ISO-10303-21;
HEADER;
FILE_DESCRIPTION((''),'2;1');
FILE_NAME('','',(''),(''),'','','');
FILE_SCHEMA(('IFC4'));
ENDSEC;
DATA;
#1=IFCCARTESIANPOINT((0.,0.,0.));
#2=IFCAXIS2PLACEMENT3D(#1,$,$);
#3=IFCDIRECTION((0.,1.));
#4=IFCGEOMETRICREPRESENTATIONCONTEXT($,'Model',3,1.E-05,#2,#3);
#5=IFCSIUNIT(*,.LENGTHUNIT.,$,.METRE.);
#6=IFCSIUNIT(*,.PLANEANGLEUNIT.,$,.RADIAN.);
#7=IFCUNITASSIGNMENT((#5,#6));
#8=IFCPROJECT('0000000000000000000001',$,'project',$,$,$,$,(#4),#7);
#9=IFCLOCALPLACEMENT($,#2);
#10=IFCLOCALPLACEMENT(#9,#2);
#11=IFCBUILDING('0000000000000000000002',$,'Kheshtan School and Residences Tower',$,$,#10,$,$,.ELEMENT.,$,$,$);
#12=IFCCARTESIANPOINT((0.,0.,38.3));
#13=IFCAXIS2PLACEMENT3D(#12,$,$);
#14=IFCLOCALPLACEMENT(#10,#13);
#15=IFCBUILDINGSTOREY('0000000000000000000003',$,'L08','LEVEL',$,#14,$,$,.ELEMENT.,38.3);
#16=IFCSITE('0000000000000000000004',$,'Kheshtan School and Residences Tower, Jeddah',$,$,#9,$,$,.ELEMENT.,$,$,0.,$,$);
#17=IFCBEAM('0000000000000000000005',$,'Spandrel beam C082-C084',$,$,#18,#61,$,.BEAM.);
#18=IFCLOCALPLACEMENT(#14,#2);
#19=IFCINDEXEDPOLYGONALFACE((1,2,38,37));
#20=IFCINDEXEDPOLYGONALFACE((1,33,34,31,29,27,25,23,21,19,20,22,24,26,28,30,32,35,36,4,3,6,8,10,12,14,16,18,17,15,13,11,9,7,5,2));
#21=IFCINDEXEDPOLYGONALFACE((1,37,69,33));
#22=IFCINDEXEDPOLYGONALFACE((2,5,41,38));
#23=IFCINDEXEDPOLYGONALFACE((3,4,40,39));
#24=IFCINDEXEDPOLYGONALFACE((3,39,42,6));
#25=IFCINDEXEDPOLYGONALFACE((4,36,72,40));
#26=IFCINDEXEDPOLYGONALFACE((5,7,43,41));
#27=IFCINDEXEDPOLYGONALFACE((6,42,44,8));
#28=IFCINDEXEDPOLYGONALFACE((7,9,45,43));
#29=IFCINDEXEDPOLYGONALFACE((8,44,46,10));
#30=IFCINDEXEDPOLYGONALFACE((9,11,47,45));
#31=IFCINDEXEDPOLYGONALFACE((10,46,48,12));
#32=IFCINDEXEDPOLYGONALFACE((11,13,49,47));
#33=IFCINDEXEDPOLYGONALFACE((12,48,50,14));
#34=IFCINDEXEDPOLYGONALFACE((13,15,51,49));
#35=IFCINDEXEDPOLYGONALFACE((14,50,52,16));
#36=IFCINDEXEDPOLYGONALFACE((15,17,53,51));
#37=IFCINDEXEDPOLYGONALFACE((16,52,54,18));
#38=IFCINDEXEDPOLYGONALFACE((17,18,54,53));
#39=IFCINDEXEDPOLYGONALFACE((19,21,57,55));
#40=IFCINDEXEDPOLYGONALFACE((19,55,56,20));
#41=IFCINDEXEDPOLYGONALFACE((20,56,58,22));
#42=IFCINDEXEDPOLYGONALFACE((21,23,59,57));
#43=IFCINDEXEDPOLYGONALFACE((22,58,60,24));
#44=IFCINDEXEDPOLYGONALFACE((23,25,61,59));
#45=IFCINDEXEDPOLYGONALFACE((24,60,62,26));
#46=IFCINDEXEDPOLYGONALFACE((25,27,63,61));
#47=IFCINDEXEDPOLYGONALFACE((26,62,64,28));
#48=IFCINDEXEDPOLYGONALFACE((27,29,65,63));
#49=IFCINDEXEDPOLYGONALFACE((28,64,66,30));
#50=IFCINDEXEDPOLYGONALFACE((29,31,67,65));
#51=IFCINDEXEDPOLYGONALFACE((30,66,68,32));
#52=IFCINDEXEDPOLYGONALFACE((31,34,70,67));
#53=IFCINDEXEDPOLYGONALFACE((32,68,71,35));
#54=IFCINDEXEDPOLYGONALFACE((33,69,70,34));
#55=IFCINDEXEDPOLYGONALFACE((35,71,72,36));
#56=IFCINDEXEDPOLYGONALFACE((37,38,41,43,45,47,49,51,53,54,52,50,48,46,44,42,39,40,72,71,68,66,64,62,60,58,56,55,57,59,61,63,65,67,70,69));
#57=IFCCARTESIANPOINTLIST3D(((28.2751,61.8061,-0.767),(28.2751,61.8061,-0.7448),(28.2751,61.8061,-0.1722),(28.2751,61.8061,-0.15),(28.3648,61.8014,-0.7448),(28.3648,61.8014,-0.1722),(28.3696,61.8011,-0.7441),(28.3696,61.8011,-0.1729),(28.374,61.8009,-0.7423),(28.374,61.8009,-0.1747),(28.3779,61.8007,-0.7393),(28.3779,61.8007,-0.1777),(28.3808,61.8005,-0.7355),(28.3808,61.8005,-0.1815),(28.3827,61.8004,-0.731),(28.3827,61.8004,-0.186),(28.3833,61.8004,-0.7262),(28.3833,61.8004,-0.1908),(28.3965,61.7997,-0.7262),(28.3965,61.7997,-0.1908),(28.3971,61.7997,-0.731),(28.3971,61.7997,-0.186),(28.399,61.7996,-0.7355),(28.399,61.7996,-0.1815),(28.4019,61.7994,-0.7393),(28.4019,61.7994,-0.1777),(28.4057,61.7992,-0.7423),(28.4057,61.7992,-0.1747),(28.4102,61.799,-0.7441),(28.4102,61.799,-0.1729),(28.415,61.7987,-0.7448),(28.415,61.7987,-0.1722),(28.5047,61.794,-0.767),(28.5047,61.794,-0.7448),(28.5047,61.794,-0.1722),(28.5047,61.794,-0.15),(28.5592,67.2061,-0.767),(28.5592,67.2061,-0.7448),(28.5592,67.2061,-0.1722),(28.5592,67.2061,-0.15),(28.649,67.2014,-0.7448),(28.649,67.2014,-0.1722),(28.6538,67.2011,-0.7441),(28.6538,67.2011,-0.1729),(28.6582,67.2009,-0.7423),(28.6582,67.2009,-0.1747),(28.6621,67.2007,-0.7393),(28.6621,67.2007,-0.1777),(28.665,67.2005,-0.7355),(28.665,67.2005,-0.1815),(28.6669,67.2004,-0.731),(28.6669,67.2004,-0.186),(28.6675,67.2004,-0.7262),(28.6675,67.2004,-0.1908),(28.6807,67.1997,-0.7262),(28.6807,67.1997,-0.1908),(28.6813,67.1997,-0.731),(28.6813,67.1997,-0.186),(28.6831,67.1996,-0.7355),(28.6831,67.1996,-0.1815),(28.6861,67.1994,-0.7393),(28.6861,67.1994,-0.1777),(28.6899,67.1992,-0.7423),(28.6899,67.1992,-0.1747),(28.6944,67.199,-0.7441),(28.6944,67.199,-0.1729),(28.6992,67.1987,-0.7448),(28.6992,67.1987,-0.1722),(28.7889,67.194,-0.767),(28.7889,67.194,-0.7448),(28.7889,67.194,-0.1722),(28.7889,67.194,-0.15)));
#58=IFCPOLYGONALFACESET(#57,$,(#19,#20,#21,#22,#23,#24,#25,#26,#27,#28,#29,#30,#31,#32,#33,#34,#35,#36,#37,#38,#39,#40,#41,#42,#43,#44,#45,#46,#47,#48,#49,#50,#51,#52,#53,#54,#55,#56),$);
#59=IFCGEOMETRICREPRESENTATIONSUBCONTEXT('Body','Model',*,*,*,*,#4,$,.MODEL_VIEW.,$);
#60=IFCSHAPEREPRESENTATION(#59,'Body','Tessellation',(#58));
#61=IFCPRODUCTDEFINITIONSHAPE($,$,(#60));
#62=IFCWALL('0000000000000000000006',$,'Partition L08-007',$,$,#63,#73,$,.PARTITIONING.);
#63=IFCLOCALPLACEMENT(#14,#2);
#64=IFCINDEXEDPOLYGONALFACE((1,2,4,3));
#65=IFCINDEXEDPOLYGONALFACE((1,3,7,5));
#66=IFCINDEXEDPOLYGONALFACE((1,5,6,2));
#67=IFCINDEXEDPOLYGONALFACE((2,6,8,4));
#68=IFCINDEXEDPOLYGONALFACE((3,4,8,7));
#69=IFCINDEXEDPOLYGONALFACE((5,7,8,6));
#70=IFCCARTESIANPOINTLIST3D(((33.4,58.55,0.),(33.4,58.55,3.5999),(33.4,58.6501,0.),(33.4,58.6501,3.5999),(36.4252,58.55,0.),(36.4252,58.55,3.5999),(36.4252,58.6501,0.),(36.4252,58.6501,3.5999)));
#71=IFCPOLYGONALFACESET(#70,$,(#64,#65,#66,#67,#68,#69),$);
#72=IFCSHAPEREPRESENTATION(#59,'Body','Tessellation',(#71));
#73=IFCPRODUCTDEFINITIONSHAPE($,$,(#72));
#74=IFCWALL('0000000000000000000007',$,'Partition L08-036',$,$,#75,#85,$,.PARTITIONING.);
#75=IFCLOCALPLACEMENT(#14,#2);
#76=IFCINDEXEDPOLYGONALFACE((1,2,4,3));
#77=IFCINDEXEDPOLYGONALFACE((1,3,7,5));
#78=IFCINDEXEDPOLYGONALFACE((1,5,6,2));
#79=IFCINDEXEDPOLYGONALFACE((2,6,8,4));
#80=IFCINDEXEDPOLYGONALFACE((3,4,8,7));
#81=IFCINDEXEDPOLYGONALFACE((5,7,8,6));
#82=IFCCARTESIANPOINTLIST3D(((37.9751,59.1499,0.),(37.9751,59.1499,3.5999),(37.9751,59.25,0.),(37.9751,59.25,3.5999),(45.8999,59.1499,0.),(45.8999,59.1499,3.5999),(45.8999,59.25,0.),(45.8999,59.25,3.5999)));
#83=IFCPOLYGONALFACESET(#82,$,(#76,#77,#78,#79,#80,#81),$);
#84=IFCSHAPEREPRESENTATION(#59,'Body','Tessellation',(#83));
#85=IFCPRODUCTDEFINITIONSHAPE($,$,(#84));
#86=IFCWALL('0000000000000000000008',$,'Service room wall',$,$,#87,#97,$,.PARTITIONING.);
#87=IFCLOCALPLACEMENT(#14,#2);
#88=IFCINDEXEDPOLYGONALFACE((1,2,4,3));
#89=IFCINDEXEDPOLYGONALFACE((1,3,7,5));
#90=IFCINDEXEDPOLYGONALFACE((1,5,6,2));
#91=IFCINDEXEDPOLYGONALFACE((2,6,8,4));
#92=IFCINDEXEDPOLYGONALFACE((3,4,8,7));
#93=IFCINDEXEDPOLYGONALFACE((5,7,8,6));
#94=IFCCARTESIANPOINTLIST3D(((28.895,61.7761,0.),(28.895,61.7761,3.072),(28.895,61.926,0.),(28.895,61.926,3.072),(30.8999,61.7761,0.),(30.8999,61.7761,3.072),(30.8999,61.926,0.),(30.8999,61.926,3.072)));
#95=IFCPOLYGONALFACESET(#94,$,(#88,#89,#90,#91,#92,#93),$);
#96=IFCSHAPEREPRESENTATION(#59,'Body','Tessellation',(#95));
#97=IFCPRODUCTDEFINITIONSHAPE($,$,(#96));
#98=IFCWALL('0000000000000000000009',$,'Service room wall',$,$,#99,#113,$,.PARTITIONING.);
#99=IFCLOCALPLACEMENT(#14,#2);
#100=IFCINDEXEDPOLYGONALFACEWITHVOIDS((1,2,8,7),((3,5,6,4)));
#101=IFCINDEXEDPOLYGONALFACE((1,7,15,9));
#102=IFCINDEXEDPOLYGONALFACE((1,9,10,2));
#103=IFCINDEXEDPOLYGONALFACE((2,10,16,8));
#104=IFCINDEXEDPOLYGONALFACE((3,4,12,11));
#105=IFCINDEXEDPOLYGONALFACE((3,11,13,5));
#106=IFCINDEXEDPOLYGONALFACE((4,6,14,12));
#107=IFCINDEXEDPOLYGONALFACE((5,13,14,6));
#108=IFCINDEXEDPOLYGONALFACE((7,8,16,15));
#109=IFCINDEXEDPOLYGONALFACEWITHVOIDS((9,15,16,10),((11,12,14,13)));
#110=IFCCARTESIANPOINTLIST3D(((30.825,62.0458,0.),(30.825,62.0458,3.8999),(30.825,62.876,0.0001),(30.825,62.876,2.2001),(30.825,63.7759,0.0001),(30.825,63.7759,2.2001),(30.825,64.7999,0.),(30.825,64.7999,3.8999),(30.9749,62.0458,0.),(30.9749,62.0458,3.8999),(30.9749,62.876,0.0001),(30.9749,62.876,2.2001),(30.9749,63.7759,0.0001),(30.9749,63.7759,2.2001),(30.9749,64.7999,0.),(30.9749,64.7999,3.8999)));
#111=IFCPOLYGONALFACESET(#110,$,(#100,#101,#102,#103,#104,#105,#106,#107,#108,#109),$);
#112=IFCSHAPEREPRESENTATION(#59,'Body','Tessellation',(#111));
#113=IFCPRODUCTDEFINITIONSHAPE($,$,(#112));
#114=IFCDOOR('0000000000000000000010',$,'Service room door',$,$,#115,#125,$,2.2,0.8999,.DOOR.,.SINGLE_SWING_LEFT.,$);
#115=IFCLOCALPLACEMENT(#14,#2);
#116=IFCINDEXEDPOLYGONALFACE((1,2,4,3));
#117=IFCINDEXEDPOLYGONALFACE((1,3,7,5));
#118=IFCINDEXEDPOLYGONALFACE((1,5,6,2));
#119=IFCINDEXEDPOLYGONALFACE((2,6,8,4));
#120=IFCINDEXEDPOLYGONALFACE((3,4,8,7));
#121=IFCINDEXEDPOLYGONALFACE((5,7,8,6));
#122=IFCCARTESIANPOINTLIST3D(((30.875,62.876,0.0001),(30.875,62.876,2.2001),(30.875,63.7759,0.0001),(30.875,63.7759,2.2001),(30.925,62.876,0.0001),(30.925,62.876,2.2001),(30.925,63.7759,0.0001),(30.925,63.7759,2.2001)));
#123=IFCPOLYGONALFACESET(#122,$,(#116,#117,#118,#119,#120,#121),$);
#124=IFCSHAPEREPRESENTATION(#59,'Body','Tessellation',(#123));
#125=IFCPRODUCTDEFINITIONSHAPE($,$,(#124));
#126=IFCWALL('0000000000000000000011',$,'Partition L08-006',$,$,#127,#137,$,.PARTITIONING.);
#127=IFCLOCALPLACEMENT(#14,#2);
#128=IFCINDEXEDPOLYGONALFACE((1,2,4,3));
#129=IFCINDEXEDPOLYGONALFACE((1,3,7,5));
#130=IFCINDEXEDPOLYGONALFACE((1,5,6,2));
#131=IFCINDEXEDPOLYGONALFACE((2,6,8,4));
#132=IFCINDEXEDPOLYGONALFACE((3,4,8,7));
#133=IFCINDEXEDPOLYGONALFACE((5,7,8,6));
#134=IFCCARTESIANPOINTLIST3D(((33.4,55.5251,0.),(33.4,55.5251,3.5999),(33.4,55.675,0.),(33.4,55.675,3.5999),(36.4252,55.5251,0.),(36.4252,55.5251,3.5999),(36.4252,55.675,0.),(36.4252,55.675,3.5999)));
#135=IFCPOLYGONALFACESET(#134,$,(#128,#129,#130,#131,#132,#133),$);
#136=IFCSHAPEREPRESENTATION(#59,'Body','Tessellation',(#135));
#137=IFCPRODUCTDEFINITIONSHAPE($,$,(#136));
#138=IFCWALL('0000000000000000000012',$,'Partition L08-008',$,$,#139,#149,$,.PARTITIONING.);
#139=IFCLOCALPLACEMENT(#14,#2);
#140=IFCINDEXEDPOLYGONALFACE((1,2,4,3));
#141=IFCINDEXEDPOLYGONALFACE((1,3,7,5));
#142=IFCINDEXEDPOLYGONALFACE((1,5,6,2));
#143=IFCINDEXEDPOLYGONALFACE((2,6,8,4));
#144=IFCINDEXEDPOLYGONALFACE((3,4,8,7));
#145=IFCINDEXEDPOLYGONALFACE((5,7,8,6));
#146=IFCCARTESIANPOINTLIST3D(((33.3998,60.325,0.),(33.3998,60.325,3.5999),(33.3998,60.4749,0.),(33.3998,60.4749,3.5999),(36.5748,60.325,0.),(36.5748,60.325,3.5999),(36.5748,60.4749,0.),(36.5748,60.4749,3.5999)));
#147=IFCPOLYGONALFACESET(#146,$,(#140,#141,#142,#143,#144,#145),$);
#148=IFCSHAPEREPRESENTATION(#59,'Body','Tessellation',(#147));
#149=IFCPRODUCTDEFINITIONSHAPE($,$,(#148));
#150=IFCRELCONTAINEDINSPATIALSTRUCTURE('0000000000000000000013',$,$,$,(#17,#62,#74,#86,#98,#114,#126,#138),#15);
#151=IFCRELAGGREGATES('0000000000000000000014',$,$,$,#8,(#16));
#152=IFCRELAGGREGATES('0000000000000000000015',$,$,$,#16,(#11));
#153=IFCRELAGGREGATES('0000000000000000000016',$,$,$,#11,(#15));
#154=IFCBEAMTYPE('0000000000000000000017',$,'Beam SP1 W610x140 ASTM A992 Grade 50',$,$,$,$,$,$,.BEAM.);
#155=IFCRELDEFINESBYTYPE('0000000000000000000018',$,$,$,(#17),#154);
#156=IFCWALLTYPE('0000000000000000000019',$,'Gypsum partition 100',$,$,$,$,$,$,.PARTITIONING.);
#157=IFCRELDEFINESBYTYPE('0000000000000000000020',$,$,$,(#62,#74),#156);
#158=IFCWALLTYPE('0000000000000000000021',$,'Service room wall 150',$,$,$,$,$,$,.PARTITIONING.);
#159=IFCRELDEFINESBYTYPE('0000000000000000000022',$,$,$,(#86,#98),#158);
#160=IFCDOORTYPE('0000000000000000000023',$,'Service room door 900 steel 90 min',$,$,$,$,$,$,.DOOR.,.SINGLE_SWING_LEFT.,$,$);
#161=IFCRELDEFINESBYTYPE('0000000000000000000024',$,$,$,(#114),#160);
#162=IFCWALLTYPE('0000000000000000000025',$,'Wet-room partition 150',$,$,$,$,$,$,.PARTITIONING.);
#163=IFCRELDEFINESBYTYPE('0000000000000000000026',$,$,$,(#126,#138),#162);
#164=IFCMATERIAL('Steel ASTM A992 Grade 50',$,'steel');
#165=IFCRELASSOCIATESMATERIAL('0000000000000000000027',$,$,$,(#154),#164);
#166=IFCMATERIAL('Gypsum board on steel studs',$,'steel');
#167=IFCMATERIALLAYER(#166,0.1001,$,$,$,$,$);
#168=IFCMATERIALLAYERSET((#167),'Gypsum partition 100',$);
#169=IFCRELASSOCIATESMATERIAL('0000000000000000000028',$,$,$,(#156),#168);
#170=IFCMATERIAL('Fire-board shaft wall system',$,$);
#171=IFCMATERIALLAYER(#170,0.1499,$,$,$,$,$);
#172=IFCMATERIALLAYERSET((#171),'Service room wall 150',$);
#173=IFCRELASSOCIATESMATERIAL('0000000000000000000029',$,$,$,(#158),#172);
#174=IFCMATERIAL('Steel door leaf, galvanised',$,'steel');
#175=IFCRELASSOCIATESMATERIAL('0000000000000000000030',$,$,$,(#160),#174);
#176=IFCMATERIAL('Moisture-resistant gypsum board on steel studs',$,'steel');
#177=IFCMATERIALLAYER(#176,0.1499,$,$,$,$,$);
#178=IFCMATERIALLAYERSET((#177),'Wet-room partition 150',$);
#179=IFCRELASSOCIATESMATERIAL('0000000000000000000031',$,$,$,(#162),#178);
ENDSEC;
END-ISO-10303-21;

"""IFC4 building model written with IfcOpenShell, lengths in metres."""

from ifc_helpers import new_model, si_unit, direction, frame, frame_2d, origin, origin_2d, place, context, subcontext, project, spatial, rectangle, i_section, extrude, source, transform, mapped, material, layer, layer_set, material_profile, profile_set, type_object, element, fill, save


model = new_model("IFC4")

# Units and contexts
model_context = context("Model", 3, precision=1e-05, world=origin(), true_north=direction((0.0, 1.0)))
body_context = subcontext(model_context, "Body", "Model", "MODEL_VIEW")
ifc_project = project(units=[si_unit("LENGTHUNIT", "METRE"), si_unit("PLANEANGLEUNIT", "RADIAN")], contexts=[model_context])

# Site, building, storey
site_placement = place(None, origin())
site = spatial("IfcSite", under=ifc_project, at=site_placement, Name="Kheshtan School and Residences Tower, Jeddah", CompositionType="ELEMENT", RefElevation=0.0)
building_placement = place(site_placement, origin())
building = spatial("IfcBuilding", under=site, at=building_placement, Name="Kheshtan School and Residences Tower", CompositionType="ELEMENT")
storey_placement = place(building_placement, frame((0.0, 0.0, 38.3)))
storey = spatial("IfcBuildingStorey", under=building, at=storey_placement, Name="L08", Description="LEVEL", CompositionType="ELEMENT", Elevation=38.3)

# Shared definitions
ifc_material_1 = material(Name="Steel ASTM A992 Grade 50", Category="steel")

# Beam
ifc_material_profile_1 = material_profile(ifc_material_1, i_section(OverallWidth=0.23, OverallDepth=0.6169, WebThickness=0.0132, FlangeThickness=0.0222, FilletRadius=0.0186, at=origin_2d()), Name="W610x140")
ifc_profile_set_1 = profile_set([ifc_material_profile_1], Name="Steel ASTM A992 Grade 50")
beam_type_1 = type_object("IfcBeamType", Name="Beam SP1 W610x140 ASTM A992 Grade 50", PredefinedType="BEAM", material=ifc_profile_set_1)
beam_1_placement = place(storey_placement, frame((28.3899, 61.8, -0.4585), z_axis=(0.052554, 0.998618, 0.0), x_axis=(-0.998618, 0.052554, 0.0)))
element("IfcBeam", 1, at=beam_1_placement, inside=storey, type_object=beam_type_1, Name="Spandrel beam C082-C084", PredefinedType="BEAM", context=body_context, shape_type="SweptSolid", body=[
    extrude(i_section(OverallWidth=0.23, OverallDepth=0.6169, WebThickness=0.0132, FlangeThickness=0.0222, FilletRadius=0.0186, at=origin_2d()), origin(), (0.0, 0.0, 1.0), 5.4075),
])

# Walls
ifc_material_2 = material(Name="Gypsum board on steel studs", Category="steel")
ifc_layer_1 = layer(ifc_material_2, 0.1001)
ifc_layer_set_1 = layer_set([ifc_layer_1], Name="Gypsum partition 100")
wall_type_1 = type_object("IfcWallType", Name="Gypsum partition 100", PredefinedType="PARTITIONING", material=ifc_layer_set_1)
wall_1_placement = place(storey_placement, frame((33.3999, 58.6001, 0.0), z_axis=(0.0, 0.0, 1.0), x_axis=(1.0, 0.0, 0.0)))
element("IfcWall", 2, at=wall_1_placement, inside=storey, type_object=wall_type_1, Name="Partition L08-007", PredefinedType="PARTITIONING", context=body_context, shape_type="SweptSolid", body=[
    extrude(rectangle(XDim=3.0251, YDim=0.1001, at=frame_2d((1.5127, 0.0))), origin(), (0.0, 0.0, 1.0), 3.5999),
])
wall_2_placement = place(storey_placement, frame((37.9751, 59.2, 0.0), z_axis=(0.0, 0.0, 1.0), x_axis=(1.0, 0.0, 0.0)))
element("IfcWall", 3, at=wall_2_placement, inside=storey, type_object=wall_type_1, Name="Partition L08-036", PredefinedType="PARTITIONING", context=body_context, shape_type="SweptSolid", body=[
    extrude(rectangle(XDim=7.9248, YDim=0.1001, at=frame_2d((3.9624, 0.0))), origin(), (0.0, 0.0, 1.0), 3.5999),
])
ifc_material_3 = material(Name="Fire-board shaft wall system")
ifc_layer_2 = layer(ifc_material_3, 0.1499)
ifc_layer_set_2 = layer_set([ifc_layer_2], Name="Service room wall 150")
wall_type_2 = type_object("IfcWallType", Name="Service room wall 150", PredefinedType="PARTITIONING", material=ifc_layer_set_2)
wall_3_placement = place(storey_placement, frame((28.895, 61.8511, 0.0), z_axis=(0.0, 0.0, 1.0), x_axis=(1.0, 0.0, 0.0)))
element("IfcWall", 4, at=wall_3_placement, inside=storey, type_object=wall_type_2, Name="Service room wall", PredefinedType="PARTITIONING", context=body_context, shape_type="SweptSolid", body=[
    extrude(rectangle(XDim=2.0049, YDim=0.1499, at=frame_2d((1.0024, 0.0))), origin(), (0.0, 0.0, 1.0), 3.072),
])

# Wall, opening, door
wall_4_placement = place(storey_placement, frame((30.8999, 62.0459, 0.0), z_axis=(0.0, 0.0, 1.0), x_axis=(0.0, 1.0, 0.0)))
wall_4 = element("IfcWall", 5, at=wall_4_placement, inside=storey, type_object=wall_type_2, Name="Service room wall", PredefinedType="PARTITIONING", context=body_context, shape_type="SweptSolid", body=[
    extrude(rectangle(XDim=2.7542, YDim=0.1499, at=frame_2d((1.377, 0.0))), origin(), (0.0, 0.0, 1.0), 3.8999),
])
opening_1_placement = place(wall_4_placement, frame((0.8301, 0.0, 0.0)))
opening_1 = element("IfcOpeningElement", 6, at=opening_1_placement, cuts=wall_4, PredefinedType="OPENING", context=body_context, shape_type="SweptSolid", body=[
    extrude(rectangle(XDim=0.8999, YDim=2.2, at=frame_2d((0.45, 1.1001))), frame((0.0, 0.085, 0.0), z_axis=(0.0, -1.0, 0.0), x_axis=(1.0, 0.0, 0.0)), (0.0, 0.0, 1.0), 0.1699),
])
ifc_material_4 = material(Name="Steel door leaf, galvanised", Category="steel")
door_type_1 = type_object("IfcDoorType", Name="Service room door 900 steel 90 min", OperationType="SINGLE_SWING_LEFT", PredefinedType="DOOR", material=ifc_material_4)
shared_shape_1 = source(origin(), body_context, "Body", "SweptSolid", [
    extrude(rectangle(XDim=0.8999, YDim=2.2, at=frame_2d((0.45, 1.1001))), frame((0.0, 0.0249, 0.0), z_axis=(0.0, -1.0, 0.0), x_axis=(1.0, 0.0, 0.0)), (0.0, 0.0, 1.0), 0.05),
])
door_1_placement = place(opening_1_placement, origin())
door_1 = element("IfcDoor", 7, at=door_1_placement, inside=storey, type_object=door_type_1, Name="Service room door", OperationType="SINGLE_SWING_LEFT", OverallHeight=2.2, OverallWidth=0.8999, PredefinedType="DOOR", context=body_context, shape_type="MappedRepresentation", body=[
    mapped(shared_shape_1, transform((0.0, 0.0, 0.0), x_axis=(1.0, 0.0, 0.0), y_axis=(0.0, 1.0, 0.0), z_axis=(0.0, 0.0, 1.0), scale=1.0)),
])
fill(opening_1, door_1)

# Walls
ifc_material_5 = material(Name="Moisture-resistant gypsum board on steel studs", Category="steel")
ifc_layer_3 = layer(ifc_material_5, 0.1499)
ifc_layer_set_3 = layer_set([ifc_layer_3], Name="Wet-room partition 150")
wall_type_3 = type_object("IfcWallType", Name="Wet-room partition 150", PredefinedType="PARTITIONING", material=ifc_layer_set_3)
wall_5_placement = place(storey_placement, frame((33.3999, 55.6001, 0.0), z_axis=(0.0, 0.0, 1.0), x_axis=(1.0, 0.0, 0.0)))
element("IfcWall", 8, at=wall_5_placement, inside=storey, type_object=wall_type_3, Name="Partition L08-006", PredefinedType="PARTITIONING", context=body_context, shape_type="SweptSolid", body=[
    extrude(rectangle(XDim=3.0251, YDim=0.1499, at=frame_2d((1.5127, 0.0))), origin(), (0.0, 0.0, 1.0), 3.5999),
])
wall_6_placement = place(storey_placement, frame((33.3999, 60.3999, 0.0), z_axis=(0.0, 0.0, 1.0), x_axis=(1.0, 0.0, 0.0)))
element("IfcWall", 9, at=wall_6_placement, inside=storey, type_object=wall_type_3, Name="Partition L08-008", PredefinedType="PARTITIONING", context=body_context, shape_type="SweptSolid", body=[
    extrude(rectangle(XDim=3.175, YDim=0.1499, at=frame_2d((1.5874, 0.0))), origin(), (0.0, 0.0, 1.0), 3.5999),
])

save(model, "model.ifc")
